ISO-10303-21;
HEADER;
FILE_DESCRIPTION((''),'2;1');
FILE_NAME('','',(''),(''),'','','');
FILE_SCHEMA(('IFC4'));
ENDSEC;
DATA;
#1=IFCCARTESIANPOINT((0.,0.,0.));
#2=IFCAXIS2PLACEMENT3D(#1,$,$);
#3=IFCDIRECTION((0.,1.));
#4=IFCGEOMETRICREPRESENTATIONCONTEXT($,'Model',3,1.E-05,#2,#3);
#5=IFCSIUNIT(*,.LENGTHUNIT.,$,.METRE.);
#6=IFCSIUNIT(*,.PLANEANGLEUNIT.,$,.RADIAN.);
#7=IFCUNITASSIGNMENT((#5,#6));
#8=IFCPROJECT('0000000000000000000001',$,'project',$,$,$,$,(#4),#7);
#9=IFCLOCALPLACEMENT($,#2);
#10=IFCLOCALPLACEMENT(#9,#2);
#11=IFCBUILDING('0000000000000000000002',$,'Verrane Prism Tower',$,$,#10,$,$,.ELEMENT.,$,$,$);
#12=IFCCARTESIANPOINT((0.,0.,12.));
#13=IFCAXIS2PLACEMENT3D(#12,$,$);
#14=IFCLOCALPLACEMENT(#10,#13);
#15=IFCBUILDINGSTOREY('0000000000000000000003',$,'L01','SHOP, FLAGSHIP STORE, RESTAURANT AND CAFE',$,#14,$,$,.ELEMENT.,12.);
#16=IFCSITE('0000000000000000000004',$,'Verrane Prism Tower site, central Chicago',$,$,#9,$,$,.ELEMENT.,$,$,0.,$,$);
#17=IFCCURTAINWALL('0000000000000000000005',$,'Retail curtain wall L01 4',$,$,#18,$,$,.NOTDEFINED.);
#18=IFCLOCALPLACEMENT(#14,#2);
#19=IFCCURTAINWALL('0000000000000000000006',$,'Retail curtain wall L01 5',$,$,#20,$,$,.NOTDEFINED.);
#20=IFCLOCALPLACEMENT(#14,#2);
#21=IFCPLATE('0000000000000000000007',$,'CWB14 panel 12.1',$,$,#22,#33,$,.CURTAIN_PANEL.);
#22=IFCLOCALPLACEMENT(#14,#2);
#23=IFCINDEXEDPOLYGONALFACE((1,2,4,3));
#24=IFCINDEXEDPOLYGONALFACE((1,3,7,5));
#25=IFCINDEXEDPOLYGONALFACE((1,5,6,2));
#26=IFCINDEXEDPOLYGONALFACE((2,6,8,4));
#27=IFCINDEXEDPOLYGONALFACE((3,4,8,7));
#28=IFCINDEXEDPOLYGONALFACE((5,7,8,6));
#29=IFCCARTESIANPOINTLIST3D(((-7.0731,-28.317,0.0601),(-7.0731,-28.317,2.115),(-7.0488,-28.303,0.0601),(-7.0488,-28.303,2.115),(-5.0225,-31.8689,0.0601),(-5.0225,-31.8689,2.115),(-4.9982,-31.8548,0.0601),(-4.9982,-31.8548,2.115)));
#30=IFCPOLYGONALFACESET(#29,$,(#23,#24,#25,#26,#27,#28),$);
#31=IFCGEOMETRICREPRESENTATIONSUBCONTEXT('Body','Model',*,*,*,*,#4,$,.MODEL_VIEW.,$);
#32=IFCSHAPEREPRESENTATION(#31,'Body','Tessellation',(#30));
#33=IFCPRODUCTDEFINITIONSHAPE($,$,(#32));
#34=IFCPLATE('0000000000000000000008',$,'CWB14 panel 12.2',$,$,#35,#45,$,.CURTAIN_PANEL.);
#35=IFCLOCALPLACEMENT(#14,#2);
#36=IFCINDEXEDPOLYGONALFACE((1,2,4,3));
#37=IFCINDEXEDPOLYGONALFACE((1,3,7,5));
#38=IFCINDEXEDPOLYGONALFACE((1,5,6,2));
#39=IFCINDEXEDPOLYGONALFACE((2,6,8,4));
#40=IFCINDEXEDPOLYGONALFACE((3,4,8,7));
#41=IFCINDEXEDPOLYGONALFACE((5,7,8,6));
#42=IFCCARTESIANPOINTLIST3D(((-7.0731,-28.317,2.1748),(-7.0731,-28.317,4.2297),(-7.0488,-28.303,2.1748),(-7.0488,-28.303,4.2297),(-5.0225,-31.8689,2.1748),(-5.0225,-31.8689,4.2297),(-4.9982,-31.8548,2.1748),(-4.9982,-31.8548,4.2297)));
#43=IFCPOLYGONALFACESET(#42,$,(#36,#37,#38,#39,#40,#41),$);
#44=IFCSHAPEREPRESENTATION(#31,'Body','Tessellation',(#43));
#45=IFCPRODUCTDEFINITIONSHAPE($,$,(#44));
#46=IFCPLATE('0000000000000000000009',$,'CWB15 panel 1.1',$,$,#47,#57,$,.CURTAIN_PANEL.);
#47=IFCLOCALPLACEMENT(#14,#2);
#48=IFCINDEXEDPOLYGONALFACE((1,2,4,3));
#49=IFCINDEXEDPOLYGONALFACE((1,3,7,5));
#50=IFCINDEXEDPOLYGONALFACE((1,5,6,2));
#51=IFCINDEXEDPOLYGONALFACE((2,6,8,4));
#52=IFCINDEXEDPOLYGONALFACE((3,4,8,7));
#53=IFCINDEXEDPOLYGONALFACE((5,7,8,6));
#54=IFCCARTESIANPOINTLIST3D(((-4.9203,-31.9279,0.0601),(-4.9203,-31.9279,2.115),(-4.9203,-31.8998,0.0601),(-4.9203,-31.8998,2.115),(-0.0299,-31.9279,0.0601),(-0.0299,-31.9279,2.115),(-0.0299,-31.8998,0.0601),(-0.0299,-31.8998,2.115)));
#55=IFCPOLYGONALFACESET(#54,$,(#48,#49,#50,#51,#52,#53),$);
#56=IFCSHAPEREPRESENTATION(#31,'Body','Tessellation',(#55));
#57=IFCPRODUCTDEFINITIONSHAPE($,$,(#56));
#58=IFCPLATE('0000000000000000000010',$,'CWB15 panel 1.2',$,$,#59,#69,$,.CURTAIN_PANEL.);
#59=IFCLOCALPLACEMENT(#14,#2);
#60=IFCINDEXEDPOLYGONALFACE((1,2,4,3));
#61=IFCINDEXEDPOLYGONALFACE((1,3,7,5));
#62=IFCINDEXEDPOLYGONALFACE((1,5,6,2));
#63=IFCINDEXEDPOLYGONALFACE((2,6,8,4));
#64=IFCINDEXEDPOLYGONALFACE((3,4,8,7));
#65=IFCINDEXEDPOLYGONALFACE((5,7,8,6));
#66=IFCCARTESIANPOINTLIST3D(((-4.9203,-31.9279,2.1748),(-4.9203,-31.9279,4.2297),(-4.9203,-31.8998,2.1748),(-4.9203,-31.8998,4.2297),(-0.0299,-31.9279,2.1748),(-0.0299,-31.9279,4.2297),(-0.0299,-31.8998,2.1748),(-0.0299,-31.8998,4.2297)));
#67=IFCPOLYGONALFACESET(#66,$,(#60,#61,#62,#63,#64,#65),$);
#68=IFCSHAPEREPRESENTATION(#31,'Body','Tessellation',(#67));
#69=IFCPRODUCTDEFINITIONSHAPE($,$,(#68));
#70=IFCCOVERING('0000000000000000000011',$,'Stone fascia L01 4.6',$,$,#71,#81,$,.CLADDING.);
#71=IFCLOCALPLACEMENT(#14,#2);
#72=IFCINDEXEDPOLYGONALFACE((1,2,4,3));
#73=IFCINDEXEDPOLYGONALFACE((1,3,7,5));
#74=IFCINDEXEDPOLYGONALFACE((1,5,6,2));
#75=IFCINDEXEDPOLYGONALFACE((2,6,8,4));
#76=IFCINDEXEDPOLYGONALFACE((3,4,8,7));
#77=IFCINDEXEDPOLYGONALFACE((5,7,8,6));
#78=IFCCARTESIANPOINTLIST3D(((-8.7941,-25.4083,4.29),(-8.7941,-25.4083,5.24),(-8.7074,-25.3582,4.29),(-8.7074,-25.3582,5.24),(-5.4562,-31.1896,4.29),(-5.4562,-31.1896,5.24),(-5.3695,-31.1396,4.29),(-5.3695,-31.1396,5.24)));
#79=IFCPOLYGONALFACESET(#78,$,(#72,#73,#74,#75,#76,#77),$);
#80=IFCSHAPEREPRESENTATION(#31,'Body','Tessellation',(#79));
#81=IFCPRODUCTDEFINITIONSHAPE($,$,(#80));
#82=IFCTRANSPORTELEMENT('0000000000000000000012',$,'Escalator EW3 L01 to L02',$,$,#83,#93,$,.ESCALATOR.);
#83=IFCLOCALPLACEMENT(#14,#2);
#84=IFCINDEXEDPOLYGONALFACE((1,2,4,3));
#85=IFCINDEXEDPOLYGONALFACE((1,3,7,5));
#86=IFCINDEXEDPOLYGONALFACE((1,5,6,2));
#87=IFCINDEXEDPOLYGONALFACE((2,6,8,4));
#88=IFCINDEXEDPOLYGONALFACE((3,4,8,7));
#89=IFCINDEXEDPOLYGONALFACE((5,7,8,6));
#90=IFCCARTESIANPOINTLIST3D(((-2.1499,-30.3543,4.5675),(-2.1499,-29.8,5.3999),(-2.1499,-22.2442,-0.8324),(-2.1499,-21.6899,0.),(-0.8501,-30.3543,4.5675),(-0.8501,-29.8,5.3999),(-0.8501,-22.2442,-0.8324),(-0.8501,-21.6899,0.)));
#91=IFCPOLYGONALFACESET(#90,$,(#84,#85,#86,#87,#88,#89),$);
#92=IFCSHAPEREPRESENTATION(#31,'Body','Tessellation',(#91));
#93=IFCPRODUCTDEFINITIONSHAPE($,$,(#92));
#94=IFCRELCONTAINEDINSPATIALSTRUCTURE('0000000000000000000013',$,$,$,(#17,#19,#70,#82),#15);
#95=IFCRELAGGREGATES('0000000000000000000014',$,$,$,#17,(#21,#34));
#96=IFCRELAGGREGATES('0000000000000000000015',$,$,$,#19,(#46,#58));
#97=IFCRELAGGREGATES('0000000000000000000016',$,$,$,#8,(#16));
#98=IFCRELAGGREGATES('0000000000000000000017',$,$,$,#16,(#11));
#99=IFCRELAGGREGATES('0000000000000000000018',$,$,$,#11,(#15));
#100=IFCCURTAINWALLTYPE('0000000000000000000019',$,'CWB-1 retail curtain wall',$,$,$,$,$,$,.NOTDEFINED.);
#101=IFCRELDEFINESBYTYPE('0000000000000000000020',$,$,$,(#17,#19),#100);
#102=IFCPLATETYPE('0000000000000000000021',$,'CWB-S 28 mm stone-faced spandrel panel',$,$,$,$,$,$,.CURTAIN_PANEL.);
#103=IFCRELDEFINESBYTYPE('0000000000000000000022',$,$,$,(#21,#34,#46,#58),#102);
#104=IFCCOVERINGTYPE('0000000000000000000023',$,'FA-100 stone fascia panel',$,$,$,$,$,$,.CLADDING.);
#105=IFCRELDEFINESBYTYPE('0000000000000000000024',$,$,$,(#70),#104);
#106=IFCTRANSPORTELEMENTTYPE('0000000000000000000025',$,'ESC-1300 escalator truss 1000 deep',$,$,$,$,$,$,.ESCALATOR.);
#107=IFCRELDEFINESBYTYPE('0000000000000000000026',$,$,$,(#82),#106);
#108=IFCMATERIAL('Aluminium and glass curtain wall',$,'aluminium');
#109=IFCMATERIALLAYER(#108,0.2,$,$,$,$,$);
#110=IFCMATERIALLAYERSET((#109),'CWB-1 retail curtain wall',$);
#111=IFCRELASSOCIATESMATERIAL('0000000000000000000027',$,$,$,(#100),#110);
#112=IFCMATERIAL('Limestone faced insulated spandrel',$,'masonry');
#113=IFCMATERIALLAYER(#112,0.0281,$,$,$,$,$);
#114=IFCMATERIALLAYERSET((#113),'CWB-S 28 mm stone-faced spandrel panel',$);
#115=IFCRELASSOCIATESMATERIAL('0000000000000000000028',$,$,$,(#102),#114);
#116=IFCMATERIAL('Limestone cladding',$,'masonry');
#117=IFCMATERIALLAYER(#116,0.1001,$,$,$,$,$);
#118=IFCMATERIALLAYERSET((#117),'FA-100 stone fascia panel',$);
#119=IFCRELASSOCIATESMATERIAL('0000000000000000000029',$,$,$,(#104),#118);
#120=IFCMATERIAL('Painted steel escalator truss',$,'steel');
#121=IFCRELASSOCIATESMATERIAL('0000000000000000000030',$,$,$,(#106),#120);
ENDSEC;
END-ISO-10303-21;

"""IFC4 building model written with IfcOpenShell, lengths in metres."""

from ifc_helpers import new_model, si_unit, direction, frame, origin, origin_2d, place, context, subcontext, project, spatial, polyline, rectangle, outline, extrude, material, layer, layer_set, type_object, element, aggregate, save


model = new_model("IFC4")

# Units and contexts
model_context = context("Model", 3, precision=1e-05, world=origin(), true_north=direction((0.0, 1.0)))
body_context = subcontext(model_context, "Body", "Model", "MODEL_VIEW")
ifc_project = project(units=[si_unit("LENGTHUNIT", "METRE"), si_unit("PLANEANGLEUNIT", "RADIAN")], contexts=[model_context])

# Site, building, storey
site_placement = place(None, origin())
site = spatial("IfcSite", under=ifc_project, at=site_placement, Name="Verrane Prism Tower site, central Chicago", CompositionType="ELEMENT", RefElevation=0.0)
building_placement = place(site_placement, origin())
building = spatial("IfcBuilding", under=site, at=building_placement, Name="Verrane Prism Tower", CompositionType="ELEMENT")
storey_placement = place(building_placement, frame((0.0, 0.0, 12.0)))
storey = spatial("IfcBuildingStorey", under=building, at=storey_placement, Name="L01", Description="SHOP, FLAGSHIP STORE, RESTAURANT AND CAFE", CompositionType="ELEMENT", Elevation=12.0)

# Curtain wall
ifc_material_1 = material(Name="Aluminium and glass curtain wall", Category="aluminium")
ifc_layer_1 = layer(ifc_material_1, 0.2)
ifc_layer_set_1 = layer_set([ifc_layer_1], Name="CWB-1 retail curtain wall")
curtain_wall_type = type_object("IfcCurtainWallType", Name="CWB-1 retail curtain wall", PredefinedType="NOTDEFINED", material=ifc_layer_set_1)
curtain_wall_1_placement = place(storey_placement, origin())
curtain_wall_1 = element("IfcCurtainWall", 1, at=curtain_wall_1_placement, inside=storey, type_object=curtain_wall_type, Name="Retail curtain wall L01 4", PredefinedType="NOTDEFINED")

# Curtain wall
curtain_wall_2_placement = place(storey_placement, origin())
curtain_wall_2 = element("IfcCurtainWall", 2, at=curtain_wall_2_placement, inside=storey, type_object=curtain_wall_type, Name="Retail curtain wall L01 5", PredefinedType="NOTDEFINED")

# Plates
ifc_material_2 = material(Name="Limestone faced insulated spandrel", Category="masonry")
ifc_layer_2 = layer(ifc_material_2, 0.0281)
ifc_layer_set_2 = layer_set([ifc_layer_2], Name="CWB-S 28 mm stone-faced spandrel panel")
plate_type = type_object("IfcPlateType", Name="CWB-S 28 mm stone-faced spandrel panel", PredefinedType="CURTAIN_PANEL", material=ifc_layer_set_2)
plate_1_placement = place(storey_placement, frame((-6.0356, -30.0859, 0.0601), z_axis=(0.0, 0.0, 1.0), x_axis=(0.5, -0.866025, 0.0)))
plate_1 = element("IfcPlate", 3, at=plate_1_placement, type_object=plate_type, Name="CWB14 panel 12.1", PredefinedType="CURTAIN_PANEL", context=body_context, shape_type="SweptSolid", body=[
    extrude(rectangle(XDim=4.1013, YDim=0.0281, at=origin_2d()), origin(), (0.0, 0.0, 1.0), 2.0549),
])
plate_2_placement = place(storey_placement, frame((-6.0356, -30.0859, 2.1748), z_axis=(0.0, 0.0, 1.0), x_axis=(0.5, -0.866025, 0.0)))
plate_2 = element("IfcPlate", 4, at=plate_2_placement, type_object=plate_type, Name="CWB14 panel 12.2", PredefinedType="CURTAIN_PANEL", context=body_context, shape_type="SweptSolid", body=[
    extrude(rectangle(XDim=4.1013, YDim=0.0281, at=origin_2d()), origin(), (0.0, 0.0, 1.0), 2.0549),
])
aggregate(curtain_wall_1, [plate_1, plate_2])
plate_3_placement = place(storey_placement, frame((-2.4751, -31.9138, 0.0601), z_axis=(0.0, 0.0, 1.0), x_axis=(1.0, 0.0, 0.0)))
plate_3 = element("IfcPlate", 5, at=plate_3_placement, type_object=plate_type, Name="CWB15 panel 1.1", PredefinedType="CURTAIN_PANEL", context=body_context, shape_type="SweptSolid", body=[
    extrude(rectangle(XDim=4.8904, YDim=0.0281, at=origin_2d()), origin(), (0.0, 0.0, 1.0), 2.0549),
])
plate_4_placement = place(storey_placement, frame((-2.4751, -31.9138, 2.1748), z_axis=(0.0, 0.0, 1.0), x_axis=(1.0, 0.0, 0.0)))
plate_4 = element("IfcPlate", 6, at=plate_4_placement, type_object=plate_type, Name="CWB15 panel 1.2", PredefinedType="CURTAIN_PANEL", context=body_context, shape_type="SweptSolid", body=[
    extrude(rectangle(XDim=4.8904, YDim=0.0281, at=origin_2d()), origin(), (0.0, 0.0, 1.0), 2.0549),
])
aggregate(curtain_wall_2, [plate_3, plate_4])

# Covering
ifc_material_3 = material(Name="Limestone cladding", Category="masonry")
ifc_layer_3 = layer(ifc_material_3, 0.1001)
ifc_layer_set_3 = layer_set([ifc_layer_3], Name="FA-100 stone fascia panel")
covering_type = type_object("IfcCoveringType", Name="FA-100 stone fascia panel", PredefinedType="CLADDING", material=ifc_layer_set_3)
covering_placement = place(storey_placement, frame((-7.0818, -28.2739, 4.29), z_axis=(0.0, 0.0, 1.0), x_axis=(0.5, -0.866025, 0.0)))
element("IfcCovering", 7, at=covering_placement, inside=storey, type_object=covering_type, Name="Stone fascia L01 4.6", PredefinedType="CLADDING", context=body_context, shape_type="SweptSolid", body=[
    extrude(rectangle(XDim=6.6758, YDim=0.1001, at=origin_2d()), origin(), (0.0, 0.0, 1.0), 0.95),
])

# Transport element
ifc_material_4 = material(Name="Painted steel escalator truss", Category="steel")
transport_element_type = type_object("IfcTransportElementType", Name="ESC-1300 escalator truss 1000 deep", PredefinedType="ESCALATOR", material=ifc_material_4)
transport_element_placement = place(storey_placement, frame((-2.1499, -21.6899, 0.0), z_axis=(0.0, 0.554214, 0.832374), x_axis=(0.0, -0.832374, 0.554214)))
element("IfcTransportElement", 8, at=transport_element_placement, inside=storey, type_object=transport_element_type, Name="Escalator EW3 L01 to L02", PredefinedType="ESCALATOR", context=body_context, shape_type="SweptSolid", body=[
    extrude(outline(polyline([(0.0, 0.0), (9.7433, 0.0), (9.7433, 1.2998), (0.0, 1.2998), (0.0, 0.0)])), origin(), (0.0, 0.0, -1.0), 1.0),
])

save(model, "model.ifc")
